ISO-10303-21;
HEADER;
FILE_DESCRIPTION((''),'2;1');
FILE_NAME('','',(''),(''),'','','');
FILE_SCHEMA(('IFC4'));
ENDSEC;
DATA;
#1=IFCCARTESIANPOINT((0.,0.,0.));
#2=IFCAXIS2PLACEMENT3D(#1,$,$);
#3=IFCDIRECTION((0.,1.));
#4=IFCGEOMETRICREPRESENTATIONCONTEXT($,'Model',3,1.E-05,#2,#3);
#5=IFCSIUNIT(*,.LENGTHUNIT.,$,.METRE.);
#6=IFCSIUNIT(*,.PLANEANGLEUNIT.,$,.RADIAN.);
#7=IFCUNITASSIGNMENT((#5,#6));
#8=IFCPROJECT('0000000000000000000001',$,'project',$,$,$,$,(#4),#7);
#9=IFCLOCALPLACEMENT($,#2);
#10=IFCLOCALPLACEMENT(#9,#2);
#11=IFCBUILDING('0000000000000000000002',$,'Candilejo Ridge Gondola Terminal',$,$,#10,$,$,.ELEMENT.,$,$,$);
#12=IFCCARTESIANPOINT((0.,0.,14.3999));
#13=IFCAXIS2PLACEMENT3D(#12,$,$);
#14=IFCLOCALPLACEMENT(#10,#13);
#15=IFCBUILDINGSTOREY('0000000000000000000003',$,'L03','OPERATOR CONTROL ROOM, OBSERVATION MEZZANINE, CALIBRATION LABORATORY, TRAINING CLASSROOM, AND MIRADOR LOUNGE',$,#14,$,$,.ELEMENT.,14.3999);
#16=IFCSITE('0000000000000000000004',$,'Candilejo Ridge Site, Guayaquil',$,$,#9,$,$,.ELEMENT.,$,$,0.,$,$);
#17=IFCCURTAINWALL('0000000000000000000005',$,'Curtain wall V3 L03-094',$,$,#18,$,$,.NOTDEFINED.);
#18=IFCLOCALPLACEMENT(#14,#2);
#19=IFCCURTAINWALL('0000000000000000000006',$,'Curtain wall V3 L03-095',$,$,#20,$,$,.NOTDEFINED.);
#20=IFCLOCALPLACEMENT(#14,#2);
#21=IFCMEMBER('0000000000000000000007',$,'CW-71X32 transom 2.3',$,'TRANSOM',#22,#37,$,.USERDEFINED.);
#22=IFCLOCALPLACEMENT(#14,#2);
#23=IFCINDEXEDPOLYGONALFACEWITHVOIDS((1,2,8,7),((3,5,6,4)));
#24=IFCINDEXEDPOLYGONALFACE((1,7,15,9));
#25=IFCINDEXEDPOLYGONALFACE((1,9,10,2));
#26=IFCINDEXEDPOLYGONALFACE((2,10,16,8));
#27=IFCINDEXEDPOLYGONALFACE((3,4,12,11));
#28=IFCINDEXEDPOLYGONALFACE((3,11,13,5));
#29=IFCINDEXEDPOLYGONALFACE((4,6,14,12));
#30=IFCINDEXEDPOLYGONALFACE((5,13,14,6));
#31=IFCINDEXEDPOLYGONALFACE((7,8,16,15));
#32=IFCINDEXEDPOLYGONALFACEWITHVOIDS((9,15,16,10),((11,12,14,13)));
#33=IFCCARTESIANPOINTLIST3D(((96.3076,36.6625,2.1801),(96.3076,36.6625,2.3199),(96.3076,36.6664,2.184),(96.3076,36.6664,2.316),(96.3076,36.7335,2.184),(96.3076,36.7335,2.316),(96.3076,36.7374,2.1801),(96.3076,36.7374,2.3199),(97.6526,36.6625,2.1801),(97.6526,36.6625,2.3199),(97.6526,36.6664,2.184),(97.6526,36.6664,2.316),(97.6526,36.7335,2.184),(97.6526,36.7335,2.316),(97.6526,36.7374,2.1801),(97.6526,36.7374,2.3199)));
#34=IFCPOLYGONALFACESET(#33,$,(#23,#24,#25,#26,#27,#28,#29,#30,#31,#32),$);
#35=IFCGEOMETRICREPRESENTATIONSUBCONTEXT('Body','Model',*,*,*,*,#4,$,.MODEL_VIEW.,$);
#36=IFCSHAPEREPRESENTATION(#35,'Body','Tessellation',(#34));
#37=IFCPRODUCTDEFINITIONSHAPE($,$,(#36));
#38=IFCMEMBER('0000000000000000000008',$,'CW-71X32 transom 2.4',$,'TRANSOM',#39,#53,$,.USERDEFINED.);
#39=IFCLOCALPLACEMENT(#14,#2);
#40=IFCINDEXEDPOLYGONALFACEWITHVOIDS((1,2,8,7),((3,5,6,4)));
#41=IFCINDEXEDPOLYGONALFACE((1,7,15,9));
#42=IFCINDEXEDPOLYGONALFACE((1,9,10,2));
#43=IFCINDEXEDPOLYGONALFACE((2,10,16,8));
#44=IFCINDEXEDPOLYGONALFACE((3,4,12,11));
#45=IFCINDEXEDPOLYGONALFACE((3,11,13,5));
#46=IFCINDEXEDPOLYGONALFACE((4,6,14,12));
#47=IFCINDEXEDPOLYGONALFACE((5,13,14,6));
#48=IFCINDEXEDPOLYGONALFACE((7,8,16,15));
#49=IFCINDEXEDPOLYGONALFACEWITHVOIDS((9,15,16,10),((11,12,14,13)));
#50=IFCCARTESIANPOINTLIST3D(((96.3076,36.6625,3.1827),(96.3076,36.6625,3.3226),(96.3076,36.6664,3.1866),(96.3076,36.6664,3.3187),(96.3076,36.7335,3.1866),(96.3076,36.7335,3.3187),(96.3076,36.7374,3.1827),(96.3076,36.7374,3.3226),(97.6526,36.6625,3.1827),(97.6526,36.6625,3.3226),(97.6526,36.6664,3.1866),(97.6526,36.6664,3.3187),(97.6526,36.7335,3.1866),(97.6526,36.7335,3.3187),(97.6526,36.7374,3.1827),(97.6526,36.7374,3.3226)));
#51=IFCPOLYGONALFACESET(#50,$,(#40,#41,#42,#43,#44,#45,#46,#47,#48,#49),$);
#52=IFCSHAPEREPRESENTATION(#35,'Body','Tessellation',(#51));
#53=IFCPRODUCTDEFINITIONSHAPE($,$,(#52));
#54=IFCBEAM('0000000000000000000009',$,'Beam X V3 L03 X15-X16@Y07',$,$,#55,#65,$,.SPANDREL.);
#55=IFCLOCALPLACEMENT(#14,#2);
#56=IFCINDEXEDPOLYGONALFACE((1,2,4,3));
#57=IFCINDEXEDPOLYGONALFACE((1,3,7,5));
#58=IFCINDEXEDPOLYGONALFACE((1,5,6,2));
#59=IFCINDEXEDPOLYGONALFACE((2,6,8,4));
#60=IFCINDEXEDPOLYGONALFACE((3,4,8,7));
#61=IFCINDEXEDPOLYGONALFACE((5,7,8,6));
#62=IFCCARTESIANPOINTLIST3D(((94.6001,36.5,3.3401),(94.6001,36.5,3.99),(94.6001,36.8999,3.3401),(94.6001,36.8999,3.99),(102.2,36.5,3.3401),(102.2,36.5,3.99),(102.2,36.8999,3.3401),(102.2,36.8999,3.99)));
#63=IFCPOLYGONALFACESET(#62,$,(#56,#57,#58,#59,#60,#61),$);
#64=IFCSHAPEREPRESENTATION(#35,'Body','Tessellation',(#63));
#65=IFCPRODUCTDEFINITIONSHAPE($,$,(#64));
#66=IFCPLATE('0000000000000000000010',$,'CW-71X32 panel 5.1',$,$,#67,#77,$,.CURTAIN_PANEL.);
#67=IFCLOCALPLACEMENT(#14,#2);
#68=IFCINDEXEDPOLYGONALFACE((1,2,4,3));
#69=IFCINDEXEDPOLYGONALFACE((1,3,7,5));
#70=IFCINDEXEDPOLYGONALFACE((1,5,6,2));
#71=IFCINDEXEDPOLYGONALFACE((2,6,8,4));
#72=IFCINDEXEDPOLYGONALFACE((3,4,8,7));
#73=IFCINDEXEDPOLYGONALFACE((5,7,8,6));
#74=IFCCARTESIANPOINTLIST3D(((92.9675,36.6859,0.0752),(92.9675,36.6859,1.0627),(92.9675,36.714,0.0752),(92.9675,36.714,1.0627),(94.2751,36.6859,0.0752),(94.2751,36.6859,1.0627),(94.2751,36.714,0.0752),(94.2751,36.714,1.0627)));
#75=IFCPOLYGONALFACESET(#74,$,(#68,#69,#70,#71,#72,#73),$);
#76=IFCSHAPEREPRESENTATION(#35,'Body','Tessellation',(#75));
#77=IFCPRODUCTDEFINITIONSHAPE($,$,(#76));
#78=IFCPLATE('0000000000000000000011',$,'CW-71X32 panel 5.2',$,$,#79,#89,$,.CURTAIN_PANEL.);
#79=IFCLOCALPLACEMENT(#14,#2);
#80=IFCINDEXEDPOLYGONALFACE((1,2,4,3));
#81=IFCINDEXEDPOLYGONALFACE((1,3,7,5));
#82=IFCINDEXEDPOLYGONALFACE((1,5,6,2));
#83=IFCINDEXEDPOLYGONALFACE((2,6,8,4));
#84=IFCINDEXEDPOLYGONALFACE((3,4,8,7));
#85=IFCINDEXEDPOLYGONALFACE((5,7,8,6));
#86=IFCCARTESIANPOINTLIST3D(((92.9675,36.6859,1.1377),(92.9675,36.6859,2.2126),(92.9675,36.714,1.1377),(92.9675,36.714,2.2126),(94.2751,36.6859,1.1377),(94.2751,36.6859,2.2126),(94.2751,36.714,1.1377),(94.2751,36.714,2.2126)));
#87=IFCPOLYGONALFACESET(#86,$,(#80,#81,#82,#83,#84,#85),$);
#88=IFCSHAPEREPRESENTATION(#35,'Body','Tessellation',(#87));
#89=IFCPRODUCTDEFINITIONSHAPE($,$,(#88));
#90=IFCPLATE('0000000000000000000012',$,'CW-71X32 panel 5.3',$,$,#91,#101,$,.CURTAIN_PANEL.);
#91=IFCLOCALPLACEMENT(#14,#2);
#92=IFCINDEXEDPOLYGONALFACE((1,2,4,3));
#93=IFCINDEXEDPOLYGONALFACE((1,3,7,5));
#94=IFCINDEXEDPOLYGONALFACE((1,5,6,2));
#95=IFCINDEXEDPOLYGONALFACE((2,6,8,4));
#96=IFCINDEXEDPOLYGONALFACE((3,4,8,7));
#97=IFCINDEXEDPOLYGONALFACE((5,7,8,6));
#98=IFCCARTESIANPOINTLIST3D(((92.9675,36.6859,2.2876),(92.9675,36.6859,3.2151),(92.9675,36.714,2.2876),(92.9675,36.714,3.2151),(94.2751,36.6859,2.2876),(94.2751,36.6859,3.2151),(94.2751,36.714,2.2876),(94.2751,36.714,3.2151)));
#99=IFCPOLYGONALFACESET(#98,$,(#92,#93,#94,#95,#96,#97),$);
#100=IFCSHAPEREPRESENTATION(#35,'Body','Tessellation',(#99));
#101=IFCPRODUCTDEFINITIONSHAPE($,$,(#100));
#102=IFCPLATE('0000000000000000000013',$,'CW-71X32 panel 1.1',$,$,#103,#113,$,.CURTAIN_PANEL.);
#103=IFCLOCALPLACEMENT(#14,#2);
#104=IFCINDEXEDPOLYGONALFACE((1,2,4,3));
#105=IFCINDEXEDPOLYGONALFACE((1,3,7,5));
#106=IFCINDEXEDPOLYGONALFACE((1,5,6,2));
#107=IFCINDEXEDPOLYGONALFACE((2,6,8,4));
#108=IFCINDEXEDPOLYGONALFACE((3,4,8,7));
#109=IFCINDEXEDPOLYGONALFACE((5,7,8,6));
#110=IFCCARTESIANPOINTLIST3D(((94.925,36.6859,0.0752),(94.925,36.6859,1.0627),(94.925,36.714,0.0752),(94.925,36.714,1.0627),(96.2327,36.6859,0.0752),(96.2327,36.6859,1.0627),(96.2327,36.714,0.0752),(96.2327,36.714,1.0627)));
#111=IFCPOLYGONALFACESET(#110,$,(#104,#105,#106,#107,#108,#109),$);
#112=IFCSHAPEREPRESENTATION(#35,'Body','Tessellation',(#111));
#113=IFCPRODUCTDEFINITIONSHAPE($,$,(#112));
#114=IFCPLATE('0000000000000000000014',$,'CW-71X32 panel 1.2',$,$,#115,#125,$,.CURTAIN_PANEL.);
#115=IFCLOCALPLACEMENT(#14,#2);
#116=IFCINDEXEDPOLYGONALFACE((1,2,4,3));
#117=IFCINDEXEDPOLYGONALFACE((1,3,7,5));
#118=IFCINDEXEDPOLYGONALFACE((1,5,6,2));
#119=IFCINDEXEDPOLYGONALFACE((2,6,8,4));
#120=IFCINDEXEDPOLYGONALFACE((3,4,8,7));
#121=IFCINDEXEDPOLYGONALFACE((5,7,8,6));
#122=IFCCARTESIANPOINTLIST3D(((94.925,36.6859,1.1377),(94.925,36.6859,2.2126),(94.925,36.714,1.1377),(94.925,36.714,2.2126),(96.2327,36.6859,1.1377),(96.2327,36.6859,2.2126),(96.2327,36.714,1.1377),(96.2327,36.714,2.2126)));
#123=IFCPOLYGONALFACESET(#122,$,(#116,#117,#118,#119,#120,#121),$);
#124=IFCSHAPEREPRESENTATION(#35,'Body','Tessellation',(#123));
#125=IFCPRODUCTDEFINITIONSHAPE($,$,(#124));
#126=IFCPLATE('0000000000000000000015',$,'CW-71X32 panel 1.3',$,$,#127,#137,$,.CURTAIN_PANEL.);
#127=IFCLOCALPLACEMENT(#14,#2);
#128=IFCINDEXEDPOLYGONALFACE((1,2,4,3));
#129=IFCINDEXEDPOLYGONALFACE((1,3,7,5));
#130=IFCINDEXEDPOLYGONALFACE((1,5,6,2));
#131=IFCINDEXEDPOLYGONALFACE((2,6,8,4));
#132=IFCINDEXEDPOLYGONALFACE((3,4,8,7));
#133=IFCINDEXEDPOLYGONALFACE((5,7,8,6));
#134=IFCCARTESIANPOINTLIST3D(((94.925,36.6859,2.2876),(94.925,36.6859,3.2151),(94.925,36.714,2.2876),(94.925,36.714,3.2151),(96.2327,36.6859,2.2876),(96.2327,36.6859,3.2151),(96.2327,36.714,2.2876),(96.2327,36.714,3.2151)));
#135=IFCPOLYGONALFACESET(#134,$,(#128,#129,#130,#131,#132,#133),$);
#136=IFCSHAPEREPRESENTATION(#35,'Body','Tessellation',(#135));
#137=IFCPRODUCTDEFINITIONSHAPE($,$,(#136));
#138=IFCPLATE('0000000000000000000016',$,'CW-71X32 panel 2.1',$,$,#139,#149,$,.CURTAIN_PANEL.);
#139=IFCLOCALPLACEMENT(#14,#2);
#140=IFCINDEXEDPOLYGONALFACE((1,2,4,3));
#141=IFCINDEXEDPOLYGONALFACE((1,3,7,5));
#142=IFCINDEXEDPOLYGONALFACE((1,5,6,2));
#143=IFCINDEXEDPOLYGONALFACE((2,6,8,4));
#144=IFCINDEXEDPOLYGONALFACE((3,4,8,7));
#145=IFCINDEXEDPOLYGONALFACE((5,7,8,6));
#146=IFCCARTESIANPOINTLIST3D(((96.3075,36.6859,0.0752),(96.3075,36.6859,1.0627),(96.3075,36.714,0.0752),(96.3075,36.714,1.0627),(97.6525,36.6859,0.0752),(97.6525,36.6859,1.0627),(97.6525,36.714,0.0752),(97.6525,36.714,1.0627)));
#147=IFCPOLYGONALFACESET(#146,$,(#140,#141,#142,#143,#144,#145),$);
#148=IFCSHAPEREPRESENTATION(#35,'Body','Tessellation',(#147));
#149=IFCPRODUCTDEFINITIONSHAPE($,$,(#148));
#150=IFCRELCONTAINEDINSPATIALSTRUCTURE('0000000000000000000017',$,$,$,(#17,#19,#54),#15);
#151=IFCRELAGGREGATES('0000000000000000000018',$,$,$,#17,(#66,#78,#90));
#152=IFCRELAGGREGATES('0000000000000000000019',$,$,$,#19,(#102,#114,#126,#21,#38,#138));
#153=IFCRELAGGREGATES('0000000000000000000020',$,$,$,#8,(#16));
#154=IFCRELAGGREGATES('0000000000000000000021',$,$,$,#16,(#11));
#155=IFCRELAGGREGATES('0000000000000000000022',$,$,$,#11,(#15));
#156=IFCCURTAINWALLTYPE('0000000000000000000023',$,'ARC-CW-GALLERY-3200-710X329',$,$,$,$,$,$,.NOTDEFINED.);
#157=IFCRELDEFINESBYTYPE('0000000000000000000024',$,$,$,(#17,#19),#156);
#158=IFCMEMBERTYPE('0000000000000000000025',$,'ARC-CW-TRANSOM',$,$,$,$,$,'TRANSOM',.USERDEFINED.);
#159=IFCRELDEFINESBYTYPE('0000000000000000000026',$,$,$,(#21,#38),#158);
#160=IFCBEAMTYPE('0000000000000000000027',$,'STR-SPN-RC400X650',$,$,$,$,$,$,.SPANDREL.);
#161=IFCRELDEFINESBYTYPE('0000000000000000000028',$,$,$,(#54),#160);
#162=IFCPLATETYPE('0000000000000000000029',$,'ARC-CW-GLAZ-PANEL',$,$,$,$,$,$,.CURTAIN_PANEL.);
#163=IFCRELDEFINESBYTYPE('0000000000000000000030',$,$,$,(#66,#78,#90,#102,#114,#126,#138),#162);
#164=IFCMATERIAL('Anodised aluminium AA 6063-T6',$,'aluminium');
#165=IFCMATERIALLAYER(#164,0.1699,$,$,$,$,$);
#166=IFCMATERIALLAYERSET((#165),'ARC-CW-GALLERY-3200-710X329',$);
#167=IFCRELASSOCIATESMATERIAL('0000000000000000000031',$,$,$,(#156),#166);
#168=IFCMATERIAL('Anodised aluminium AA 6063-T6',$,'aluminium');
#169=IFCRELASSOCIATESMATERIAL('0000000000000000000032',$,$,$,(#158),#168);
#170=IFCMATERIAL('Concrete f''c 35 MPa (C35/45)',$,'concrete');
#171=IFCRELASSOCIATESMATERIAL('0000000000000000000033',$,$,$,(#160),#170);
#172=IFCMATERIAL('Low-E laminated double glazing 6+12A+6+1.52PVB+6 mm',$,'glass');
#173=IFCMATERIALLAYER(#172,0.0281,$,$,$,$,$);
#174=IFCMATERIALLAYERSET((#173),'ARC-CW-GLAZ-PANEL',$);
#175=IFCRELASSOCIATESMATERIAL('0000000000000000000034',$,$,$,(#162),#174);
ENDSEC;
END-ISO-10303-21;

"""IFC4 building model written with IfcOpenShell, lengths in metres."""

from ifc_helpers import new_model, si_unit, direction, frame, origin, origin_2d, place, context, subcontext, project, spatial, rectangle, hollow_rectangle, extrude, material, layer, layer_set, material_profile, profile_set, type_object, element, aggregate, save


model = new_model("IFC4")

# Units and contexts
model_context = context("Model", 3, precision=1e-05, world=origin(), true_north=direction((0.0, 1.0)))
body_context = subcontext(model_context, "Body", "Model", "MODEL_VIEW")
ifc_project = project(units=[si_unit("LENGTHUNIT", "METRE"), si_unit("PLANEANGLEUNIT", "RADIAN")], contexts=[model_context])

# Site, building, storey
site_placement = place(None, origin())
site = spatial("IfcSite", under=ifc_project, at=site_placement, Name="Candilejo Ridge Site, Guayaquil", CompositionType="ELEMENT", RefElevation=0.0)
building_placement = place(site_placement, origin())
building = spatial("IfcBuilding", under=site, at=building_placement, Name="Candilejo Ridge Gondola Terminal", CompositionType="ELEMENT")
storey_placement = place(building_placement, frame((0.0, 0.0, 14.3999)))
storey = spatial("IfcBuildingStorey", under=building, at=storey_placement, Name="L03", Description="OPERATOR CONTROL ROOM, OBSERVATION MEZZANINE, CALIBRATION LABORATORY, TRAINING CLASSROOM, AND MIRADOR LOUNGE", CompositionType="ELEMENT", Elevation=14.3999)

# Curtain wall
ifc_material_1 = material(Name="Anodised aluminium AA 6063-T6", Category="aluminium")
ifc_layer_1 = layer(ifc_material_1, 0.1699)
ifc_layer_set_1 = layer_set([ifc_layer_1], Name="ARC-CW-GALLERY-3200-710X329")
curtain_wall_type = type_object("IfcCurtainWallType", Name="ARC-CW-GALLERY-3200-710X329", PredefinedType="NOTDEFINED", material=ifc_layer_set_1)
curtain_wall_1_placement = place(storey_placement, origin())
curtain_wall_1 = element("IfcCurtainWall", 1, at=curtain_wall_1_placement, inside=storey, type_object=curtain_wall_type, Name="Curtain wall V3 L03-094", PredefinedType="NOTDEFINED")

# Curtain wall
curtain_wall_2_placement = place(storey_placement, origin())
curtain_wall_2 = element("IfcCurtainWall", 2, at=curtain_wall_2_placement, inside=storey, type_object=curtain_wall_type, Name="Curtain wall V3 L03-095", PredefinedType="NOTDEFINED")

# Members
ifc_material_2 = material(Name="Anodised aluminium AA 6063-T6", Category="aluminium")
ifc_material_profile_1 = material_profile(ifc_material_2, hollow_rectangle(XDim=0.075, YDim=0.1399, WallThickness=0.0039, at=origin_2d()))
ifc_profile_set_1 = profile_set([ifc_material_profile_1], Name="Anodised aluminium AA 6063-T6")
member_type_1 = type_object("IfcMemberType", Name="ARC-CW-TRANSOM", ElementType="TRANSOM", PredefinedType="USERDEFINED", material=ifc_profile_set_1)
member_1_placement = place(storey_placement, frame((96.3076, 36.7, 2.25), z_axis=(1.0, 0.0, 0.0), x_axis=(0.0, 1.0, 0.0)))
member_1 = element("IfcMember", 3, at=member_1_placement, type_object=member_type_1, Name="CW-71X32 transom 2.3", ObjectType="TRANSOM", PredefinedType="USERDEFINED", context=body_context, shape_type="SweptSolid", body=[
    extrude(hollow_rectangle(XDim=0.075, YDim=0.1399, WallThickness=0.0039, at=origin_2d()), origin(), (0.0, 0.0, 1.0), 1.345),
])
member_2_placement = place(storey_placement, frame((96.3076, 36.7, 3.2527), z_axis=(1.0, 0.0, 0.0), x_axis=(0.0, 1.0, 0.0)))
member_2 = element("IfcMember", 4, at=member_2_placement, type_object=member_type_1, Name="CW-71X32 transom 2.4", ObjectType="TRANSOM", PredefinedType="USERDEFINED", context=body_context, shape_type="SweptSolid", body=[
    extrude(hollow_rectangle(XDim=0.075, YDim=0.1399, WallThickness=0.0039, at=origin_2d()), origin(), (0.0, 0.0, 1.0), 1.345),
])

# Beam
ifc_material_3 = material(Name="Concrete f'c 35 MPa (C35/45)", Category="concrete")
ifc_material_profile_2 = material_profile(ifc_material_3, rectangle(XDim=0.3999, YDim=0.6499, at=origin_2d()))
ifc_profile_set_2 = profile_set([ifc_material_profile_2], Name="Concrete f'c 35 MPa (C35/45)")
beam_type = type_object("IfcBeamType", Name="STR-SPN-RC400X650", PredefinedType="SPANDREL", material=ifc_profile_set_2)
beam_placement = place(storey_placement, frame((94.6001, 36.7, 3.665), z_axis=(1.0, 0.0, 0.0), x_axis=(0.0, 1.0, 0.0)))
element("IfcBeam", 5, at=beam_placement, inside=storey, type_object=beam_type, Name="Beam X V3 L03 X15-X16@Y07", PredefinedType="SPANDREL", context=body_context, shape_type="SweptSolid", body=[
    extrude(rectangle(XDim=0.3999, YDim=0.6499, at=origin_2d()), origin(), (0.0, 0.0, 1.0), 7.5999),
])

# Plates
ifc_material_4 = material(Name="Low-E laminated double glazing 6+12A+6+1.52PVB+6 mm", Category="glass")
ifc_layer_2 = layer(ifc_material_4, 0.0281)
ifc_layer_set_2 = layer_set([ifc_layer_2], Name="ARC-CW-GLAZ-PANEL")
plate_type = type_object("IfcPlateType", Name="ARC-CW-GLAZ-PANEL", PredefinedType="CURTAIN_PANEL", material=ifc_layer_set_2)
plate_1_placement = place(storey_placement, frame((93.6213, 36.7, 0.0752), z_axis=(0.0, 0.0, 1.0), x_axis=(1.0, 0.0, 0.0)))
plate_1 = element("IfcPlate", 6, at=plate_1_placement, type_object=plate_type, Name="CW-71X32 panel 5.1", PredefinedType="CURTAIN_PANEL", context=body_context, shape_type="SweptSolid", body=[
    extrude(rectangle(XDim=1.3076, YDim=0.0281, at=origin_2d()), origin(), (0.0, 0.0, 1.0), 0.9875),
])
plate_2_placement = place(storey_placement, frame((93.6213, 36.7, 1.1377), z_axis=(0.0, 0.0, 1.0), x_axis=(1.0, 0.0, 0.0)))
plate_2 = element("IfcPlate", 7, at=plate_2_placement, type_object=plate_type, Name="CW-71X32 panel 5.2", PredefinedType="CURTAIN_PANEL", context=body_context, shape_type="SweptSolid", body=[
    extrude(rectangle(XDim=1.3076, YDim=0.0281, at=origin_2d()), origin(), (0.0, 0.0, 1.0), 1.075),
])
plate_3_placement = place(storey_placement, frame((93.6213, 36.7, 2.2876), z_axis=(0.0, 0.0, 1.0), x_axis=(1.0, 0.0, 0.0)))
plate_3 = element("IfcPlate", 8, at=plate_3_placement, type_object=plate_type, Name="CW-71X32 panel 5.3", PredefinedType="CURTAIN_PANEL", context=body_context, shape_type="SweptSolid", body=[
    extrude(rectangle(XDim=1.3076, YDim=0.0281, at=origin_2d()), origin(), (0.0, 0.0, 1.0), 0.9275),
])
aggregate(curtain_wall_1, [plate_1, plate_2, plate_3])
plate_4_placement = place(storey_placement, frame((95.5789, 36.7, 0.0752), z_axis=(0.0, 0.0, 1.0), x_axis=(1.0, 0.0, 0.0)))
plate_4 = element("IfcPlate", 9, at=plate_4_placement, type_object=plate_type, Name="CW-71X32 panel 1.1", PredefinedType="CURTAIN_PANEL", context=body_context, shape_type="SweptSolid", body=[
    extrude(rectangle(XDim=1.3076, YDim=0.0281, at=origin_2d()), origin(), (0.0, 0.0, 1.0), 0.9875),
])
plate_5_placement = place(storey_placement, frame((95.5789, 36.7, 1.1377), z_axis=(0.0, 0.0, 1.0), x_axis=(1.0, 0.0, 0.0)))
plate_5 = element("IfcPlate", 10, at=plate_5_placement, type_object=plate_type, Name="CW-71X32 panel 1.2", PredefinedType="CURTAIN_PANEL", context=body_context, shape_type="SweptSolid", body=[
    extrude(rectangle(XDim=1.3076, YDim=0.0281, at=origin_2d()), origin(), (0.0, 0.0, 1.0), 1.075),
])
plate_6_placement = place(storey_placement, frame((95.5789, 36.7, 2.2876), z_axis=(0.0, 0.0, 1.0), x_axis=(1.0, 0.0, 0.0)))
plate_6 = element("IfcPlate", 11, at=plate_6_placement, type_object=plate_type, Name="CW-71X32 panel 1.3", PredefinedType="CURTAIN_PANEL", context=body_context, shape_type="SweptSolid", body=[
    extrude(rectangle(XDim=1.3076, YDim=0.0281, at=origin_2d()), origin(), (0.0, 0.0, 1.0), 0.9275),
])
plate_7_placement = place(storey_placement, frame((96.98, 36.7, 0.0752), z_axis=(0.0, 0.0, 1.0), x_axis=(1.0, 0.0, 0.0)))
plate_7 = element("IfcPlate", 12, at=plate_7_placement, type_object=plate_type, Name="CW-71X32 panel 2.1", PredefinedType="CURTAIN_PANEL", context=body_context, shape_type="SweptSolid", body=[
    extrude(rectangle(XDim=1.345, YDim=0.0281, at=origin_2d()), origin(), (0.0, 0.0, 1.0), 0.9875),
])
aggregate(curtain_wall_2, [plate_4, plate_5, plate_6, member_1, member_2, plate_7])

save(model, "model.ifc")
